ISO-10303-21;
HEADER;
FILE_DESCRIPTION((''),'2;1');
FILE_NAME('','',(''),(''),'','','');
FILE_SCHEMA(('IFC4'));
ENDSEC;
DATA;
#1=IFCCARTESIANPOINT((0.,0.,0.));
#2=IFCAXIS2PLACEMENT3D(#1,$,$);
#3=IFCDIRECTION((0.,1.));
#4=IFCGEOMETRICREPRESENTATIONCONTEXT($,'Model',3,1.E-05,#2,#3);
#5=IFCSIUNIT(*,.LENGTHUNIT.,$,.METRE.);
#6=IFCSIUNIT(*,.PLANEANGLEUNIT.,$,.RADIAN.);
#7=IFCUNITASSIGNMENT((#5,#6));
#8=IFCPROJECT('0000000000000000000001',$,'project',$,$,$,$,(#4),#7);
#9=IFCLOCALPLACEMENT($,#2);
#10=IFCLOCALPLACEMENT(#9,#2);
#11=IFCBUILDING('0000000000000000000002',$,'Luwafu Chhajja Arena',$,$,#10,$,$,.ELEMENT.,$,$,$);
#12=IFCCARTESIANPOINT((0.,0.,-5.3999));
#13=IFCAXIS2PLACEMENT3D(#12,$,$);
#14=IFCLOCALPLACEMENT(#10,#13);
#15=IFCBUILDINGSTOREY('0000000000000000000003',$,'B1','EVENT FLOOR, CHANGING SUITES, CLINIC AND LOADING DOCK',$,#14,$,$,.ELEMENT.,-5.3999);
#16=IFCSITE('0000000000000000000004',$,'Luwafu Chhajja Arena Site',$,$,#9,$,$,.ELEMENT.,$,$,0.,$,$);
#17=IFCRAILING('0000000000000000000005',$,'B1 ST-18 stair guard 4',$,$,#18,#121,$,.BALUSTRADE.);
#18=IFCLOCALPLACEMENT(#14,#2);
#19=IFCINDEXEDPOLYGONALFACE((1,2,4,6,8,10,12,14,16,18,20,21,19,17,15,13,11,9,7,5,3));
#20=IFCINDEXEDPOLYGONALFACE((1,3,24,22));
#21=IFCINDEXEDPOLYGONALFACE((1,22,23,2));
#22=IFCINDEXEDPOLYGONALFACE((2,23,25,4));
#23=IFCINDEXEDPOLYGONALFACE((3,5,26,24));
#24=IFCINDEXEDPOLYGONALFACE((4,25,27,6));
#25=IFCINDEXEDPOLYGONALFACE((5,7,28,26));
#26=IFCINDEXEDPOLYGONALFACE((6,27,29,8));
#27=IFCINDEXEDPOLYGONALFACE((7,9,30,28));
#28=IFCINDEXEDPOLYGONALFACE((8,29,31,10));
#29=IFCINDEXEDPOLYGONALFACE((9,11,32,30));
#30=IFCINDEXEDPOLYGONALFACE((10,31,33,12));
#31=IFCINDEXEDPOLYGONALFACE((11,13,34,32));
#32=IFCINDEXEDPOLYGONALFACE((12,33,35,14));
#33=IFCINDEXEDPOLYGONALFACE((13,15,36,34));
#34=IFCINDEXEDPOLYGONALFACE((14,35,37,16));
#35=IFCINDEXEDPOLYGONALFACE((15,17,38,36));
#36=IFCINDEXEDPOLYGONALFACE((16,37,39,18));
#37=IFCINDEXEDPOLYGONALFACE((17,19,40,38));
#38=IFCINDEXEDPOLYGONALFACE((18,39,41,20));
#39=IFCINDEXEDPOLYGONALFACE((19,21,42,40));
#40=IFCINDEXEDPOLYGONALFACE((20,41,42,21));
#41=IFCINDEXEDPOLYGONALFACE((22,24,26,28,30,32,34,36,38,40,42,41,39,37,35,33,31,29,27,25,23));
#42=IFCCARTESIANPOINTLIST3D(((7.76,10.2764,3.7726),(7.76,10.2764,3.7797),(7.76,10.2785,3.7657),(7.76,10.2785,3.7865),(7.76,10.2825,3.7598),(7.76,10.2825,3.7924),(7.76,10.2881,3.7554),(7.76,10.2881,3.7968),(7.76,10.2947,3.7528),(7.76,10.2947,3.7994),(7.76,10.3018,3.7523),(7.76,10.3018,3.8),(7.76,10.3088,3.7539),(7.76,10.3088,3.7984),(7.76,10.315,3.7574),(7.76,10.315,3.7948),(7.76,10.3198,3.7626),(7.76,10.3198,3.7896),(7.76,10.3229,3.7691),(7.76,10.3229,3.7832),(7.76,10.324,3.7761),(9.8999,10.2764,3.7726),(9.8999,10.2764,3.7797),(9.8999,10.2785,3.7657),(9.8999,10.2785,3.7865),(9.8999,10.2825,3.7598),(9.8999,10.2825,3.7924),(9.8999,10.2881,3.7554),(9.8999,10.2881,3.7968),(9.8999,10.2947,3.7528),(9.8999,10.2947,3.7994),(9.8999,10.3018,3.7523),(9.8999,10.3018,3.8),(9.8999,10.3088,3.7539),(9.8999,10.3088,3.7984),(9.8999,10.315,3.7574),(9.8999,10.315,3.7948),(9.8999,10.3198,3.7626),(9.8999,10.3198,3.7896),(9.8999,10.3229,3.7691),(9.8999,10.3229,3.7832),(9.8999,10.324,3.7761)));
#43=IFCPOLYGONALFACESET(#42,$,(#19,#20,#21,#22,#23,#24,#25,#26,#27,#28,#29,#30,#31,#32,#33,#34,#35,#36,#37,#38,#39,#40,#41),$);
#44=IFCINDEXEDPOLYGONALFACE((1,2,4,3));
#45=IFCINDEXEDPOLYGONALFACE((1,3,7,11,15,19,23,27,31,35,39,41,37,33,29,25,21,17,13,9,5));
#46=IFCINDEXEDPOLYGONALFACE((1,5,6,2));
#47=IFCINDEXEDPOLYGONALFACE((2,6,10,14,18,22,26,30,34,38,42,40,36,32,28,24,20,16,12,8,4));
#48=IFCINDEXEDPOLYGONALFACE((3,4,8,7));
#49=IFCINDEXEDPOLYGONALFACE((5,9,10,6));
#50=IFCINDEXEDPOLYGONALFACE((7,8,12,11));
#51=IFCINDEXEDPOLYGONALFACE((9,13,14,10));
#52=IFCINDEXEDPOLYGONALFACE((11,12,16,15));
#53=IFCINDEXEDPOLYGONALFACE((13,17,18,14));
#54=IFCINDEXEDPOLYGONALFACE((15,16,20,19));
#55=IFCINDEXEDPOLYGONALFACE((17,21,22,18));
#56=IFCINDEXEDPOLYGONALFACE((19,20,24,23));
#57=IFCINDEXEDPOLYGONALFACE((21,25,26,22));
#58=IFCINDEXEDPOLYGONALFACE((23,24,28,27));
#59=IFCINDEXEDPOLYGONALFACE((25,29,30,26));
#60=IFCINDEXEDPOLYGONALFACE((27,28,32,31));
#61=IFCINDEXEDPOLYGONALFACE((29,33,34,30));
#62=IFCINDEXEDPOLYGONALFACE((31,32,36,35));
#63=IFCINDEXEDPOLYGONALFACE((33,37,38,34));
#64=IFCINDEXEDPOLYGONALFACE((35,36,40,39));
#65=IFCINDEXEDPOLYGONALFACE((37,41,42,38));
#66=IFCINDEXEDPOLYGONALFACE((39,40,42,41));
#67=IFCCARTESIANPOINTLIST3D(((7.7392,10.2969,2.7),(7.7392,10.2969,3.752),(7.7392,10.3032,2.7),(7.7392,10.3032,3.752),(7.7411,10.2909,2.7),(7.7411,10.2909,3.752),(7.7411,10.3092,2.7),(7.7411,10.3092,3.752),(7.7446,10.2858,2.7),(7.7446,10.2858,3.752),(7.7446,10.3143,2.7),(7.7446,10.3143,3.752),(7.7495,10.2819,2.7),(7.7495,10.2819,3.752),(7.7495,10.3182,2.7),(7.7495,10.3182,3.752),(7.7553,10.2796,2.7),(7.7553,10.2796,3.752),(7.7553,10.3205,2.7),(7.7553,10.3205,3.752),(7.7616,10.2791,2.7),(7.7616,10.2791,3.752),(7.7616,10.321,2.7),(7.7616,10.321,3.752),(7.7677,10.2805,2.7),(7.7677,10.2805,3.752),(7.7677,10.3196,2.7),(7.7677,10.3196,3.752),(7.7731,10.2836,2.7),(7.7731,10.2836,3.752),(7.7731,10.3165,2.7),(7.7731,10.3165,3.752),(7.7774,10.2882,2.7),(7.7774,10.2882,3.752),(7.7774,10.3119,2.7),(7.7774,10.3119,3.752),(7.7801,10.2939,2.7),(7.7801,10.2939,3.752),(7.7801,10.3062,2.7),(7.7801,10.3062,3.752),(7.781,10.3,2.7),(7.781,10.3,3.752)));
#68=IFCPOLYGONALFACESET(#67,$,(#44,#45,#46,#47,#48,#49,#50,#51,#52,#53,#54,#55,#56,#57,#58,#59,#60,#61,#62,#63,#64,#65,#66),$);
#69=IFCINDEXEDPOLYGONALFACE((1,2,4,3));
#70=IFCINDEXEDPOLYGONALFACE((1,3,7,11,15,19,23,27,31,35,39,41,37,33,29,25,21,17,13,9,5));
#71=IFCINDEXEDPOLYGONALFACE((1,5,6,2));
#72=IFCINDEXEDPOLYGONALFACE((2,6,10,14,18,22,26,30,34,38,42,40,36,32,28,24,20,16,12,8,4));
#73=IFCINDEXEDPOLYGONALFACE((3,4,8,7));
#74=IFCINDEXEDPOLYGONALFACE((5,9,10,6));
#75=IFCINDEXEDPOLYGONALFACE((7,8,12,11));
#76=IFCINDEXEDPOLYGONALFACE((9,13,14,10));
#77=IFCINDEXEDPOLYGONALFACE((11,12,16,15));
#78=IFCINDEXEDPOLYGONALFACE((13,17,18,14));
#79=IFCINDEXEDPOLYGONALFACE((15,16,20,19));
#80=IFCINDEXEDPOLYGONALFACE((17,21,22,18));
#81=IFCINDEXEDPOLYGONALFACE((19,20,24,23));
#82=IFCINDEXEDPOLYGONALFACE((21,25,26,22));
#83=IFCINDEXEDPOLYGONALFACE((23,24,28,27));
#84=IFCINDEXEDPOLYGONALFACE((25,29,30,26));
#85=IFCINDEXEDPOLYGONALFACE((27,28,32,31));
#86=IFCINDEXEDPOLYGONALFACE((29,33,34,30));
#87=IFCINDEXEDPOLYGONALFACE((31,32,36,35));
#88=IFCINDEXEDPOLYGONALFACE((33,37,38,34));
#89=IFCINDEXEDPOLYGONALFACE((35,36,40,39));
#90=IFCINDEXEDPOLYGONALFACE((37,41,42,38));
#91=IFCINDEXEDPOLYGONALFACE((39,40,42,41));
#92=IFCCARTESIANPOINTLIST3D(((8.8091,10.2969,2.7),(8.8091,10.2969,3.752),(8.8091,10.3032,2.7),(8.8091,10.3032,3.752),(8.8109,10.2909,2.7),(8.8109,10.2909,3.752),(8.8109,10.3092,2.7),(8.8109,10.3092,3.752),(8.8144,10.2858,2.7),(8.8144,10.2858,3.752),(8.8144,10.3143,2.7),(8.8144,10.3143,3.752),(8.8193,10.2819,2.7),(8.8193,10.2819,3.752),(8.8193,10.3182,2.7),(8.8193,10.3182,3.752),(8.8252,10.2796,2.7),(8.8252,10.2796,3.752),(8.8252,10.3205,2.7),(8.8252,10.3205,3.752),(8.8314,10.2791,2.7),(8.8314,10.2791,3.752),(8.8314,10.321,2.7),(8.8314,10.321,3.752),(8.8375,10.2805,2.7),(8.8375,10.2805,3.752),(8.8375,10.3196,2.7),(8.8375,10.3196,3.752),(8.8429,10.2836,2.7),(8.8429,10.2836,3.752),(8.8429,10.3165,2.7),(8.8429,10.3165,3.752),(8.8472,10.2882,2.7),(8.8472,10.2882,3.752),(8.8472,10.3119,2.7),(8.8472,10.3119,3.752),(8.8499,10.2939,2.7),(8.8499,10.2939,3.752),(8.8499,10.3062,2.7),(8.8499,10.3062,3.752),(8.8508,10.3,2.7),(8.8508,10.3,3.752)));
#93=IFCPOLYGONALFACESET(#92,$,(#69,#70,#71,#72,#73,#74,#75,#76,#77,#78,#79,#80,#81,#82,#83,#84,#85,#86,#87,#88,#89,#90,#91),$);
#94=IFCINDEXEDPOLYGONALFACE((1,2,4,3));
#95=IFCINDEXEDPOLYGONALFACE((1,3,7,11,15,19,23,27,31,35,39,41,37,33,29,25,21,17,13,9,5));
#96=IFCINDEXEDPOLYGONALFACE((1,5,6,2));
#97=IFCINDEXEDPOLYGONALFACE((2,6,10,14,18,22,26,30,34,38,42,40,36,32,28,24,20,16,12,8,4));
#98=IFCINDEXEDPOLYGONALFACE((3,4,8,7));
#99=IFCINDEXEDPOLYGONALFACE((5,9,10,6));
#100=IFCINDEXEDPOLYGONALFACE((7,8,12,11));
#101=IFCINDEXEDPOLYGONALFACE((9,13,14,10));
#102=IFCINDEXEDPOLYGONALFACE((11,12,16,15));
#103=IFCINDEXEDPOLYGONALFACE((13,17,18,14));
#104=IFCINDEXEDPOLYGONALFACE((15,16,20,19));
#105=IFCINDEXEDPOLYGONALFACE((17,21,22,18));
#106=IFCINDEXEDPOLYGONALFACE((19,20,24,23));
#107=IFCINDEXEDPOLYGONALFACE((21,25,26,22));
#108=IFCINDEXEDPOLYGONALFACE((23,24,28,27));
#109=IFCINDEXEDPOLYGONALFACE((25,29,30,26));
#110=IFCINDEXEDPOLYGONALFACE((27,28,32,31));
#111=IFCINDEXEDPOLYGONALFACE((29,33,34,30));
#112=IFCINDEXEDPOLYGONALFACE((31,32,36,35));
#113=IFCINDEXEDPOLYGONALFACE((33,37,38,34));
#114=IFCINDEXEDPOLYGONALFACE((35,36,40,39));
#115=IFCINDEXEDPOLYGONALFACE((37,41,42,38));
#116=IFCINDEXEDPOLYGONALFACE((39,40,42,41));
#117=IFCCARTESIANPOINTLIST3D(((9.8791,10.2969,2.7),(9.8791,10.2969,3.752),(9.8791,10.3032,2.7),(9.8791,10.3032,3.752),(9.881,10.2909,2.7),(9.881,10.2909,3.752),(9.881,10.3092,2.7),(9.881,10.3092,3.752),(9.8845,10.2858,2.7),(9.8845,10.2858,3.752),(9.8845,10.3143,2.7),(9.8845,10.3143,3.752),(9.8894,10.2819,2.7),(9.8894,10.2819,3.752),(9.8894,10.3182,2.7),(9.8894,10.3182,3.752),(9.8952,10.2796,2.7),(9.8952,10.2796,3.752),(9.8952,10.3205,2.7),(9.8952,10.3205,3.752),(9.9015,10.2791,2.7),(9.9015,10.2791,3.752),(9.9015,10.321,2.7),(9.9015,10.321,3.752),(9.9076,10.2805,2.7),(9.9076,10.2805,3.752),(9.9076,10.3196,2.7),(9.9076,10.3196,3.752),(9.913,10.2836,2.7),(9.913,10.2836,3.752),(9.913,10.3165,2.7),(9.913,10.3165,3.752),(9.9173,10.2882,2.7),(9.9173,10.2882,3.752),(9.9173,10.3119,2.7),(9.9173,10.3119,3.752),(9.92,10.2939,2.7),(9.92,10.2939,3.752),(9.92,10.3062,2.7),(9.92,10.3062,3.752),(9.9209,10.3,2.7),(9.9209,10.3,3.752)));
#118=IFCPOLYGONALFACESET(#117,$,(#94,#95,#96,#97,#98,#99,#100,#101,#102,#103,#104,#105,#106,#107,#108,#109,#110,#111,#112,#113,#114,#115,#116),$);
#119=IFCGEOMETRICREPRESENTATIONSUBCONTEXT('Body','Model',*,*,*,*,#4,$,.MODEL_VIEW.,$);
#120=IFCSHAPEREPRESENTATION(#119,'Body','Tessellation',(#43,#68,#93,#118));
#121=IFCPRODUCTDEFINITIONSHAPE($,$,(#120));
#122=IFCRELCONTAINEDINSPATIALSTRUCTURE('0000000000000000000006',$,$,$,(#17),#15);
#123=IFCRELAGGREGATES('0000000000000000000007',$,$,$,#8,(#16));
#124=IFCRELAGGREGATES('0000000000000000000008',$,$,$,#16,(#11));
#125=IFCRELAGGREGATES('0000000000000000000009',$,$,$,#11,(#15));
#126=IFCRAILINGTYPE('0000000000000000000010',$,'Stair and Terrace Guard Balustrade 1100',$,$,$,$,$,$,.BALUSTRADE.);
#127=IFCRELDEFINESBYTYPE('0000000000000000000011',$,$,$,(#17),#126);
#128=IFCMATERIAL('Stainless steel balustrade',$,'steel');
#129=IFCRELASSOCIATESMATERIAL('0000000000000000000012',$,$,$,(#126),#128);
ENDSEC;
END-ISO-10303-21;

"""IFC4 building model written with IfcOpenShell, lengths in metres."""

from ifc_helpers import new_model, si_unit, direction, frame, origin, origin_2d, place, context, subcontext, project, spatial, circle, extrude, material, type_object, element, save


model = new_model("IFC4")

# Units and contexts
model_context = context("Model", 3, precision=1e-05, world=origin(), true_north=direction((0.0, 1.0)))
body_context = subcontext(model_context, "Body", "Model", "MODEL_VIEW")
ifc_project = project(units=[si_unit("LENGTHUNIT", "METRE"), si_unit("PLANEANGLEUNIT", "RADIAN")], contexts=[model_context])

# Site, building, storey
site_placement = place(None, origin())
site = spatial("IfcSite", under=ifc_project, at=site_placement, Name="Luwafu Chhajja Arena Site", CompositionType="ELEMENT", RefElevation=0.0)
building_placement = place(site_placement, origin())
building = spatial("IfcBuilding", under=site, at=building_placement, Name="Luwafu Chhajja Arena", CompositionType="ELEMENT")
storey_placement = place(building_placement, frame((0.0, 0.0, -5.3999)))
storey = spatial("IfcBuildingStorey", under=building, at=storey_placement, Name="B1", Description="EVENT FLOOR, CHANGING SUITES, CLINIC AND LOADING DOCK", CompositionType="ELEMENT", Elevation=-5.3999)

# Railing
ifc_material_1 = material(Name="Stainless steel balustrade", Category="steel")
railing_type_1 = type_object("IfcRailingType", Name="Stair and Terrace Guard Balustrade 1100", PredefinedType="BALUSTRADE", material=ifc_material_1)
for number, where, name in (
    (1, (7.76, 10.3, 2.7), "B1 ST-18 stair guard 4"),
):
    element("IfcRailing", number, at=place(storey_placement, frame(where)), inside=storey, type_object=railing_type_1, Name=name, PredefinedType="BALUSTRADE", context=body_context, shape_type="SweptSolid", body=[
        extrude(circle(Radius=0.0239, at=origin_2d()), frame((0.0, 0.0, 1.0762), z_axis=(1.0, 0.0, 0.0), x_axis=(0.0, 1.0, 0.0)), (0.0, 0.0, 1.0), 2.1399),
        extrude(circle(Radius=0.021, at=origin_2d()), origin(), (0.0, 0.0, 1.0), 1.052),
        extrude(circle(Radius=0.021, at=origin_2d()), frame((1.0698, 0.0, 0.0)), (0.0, 0.0, 1.0), 1.052),
        extrude(circle(Radius=0.021, at=origin_2d()), frame((2.1399, 0.0, 0.0)), (0.0, 0.0, 1.0), 1.052),
    ])

save(model, "model.ifc")
